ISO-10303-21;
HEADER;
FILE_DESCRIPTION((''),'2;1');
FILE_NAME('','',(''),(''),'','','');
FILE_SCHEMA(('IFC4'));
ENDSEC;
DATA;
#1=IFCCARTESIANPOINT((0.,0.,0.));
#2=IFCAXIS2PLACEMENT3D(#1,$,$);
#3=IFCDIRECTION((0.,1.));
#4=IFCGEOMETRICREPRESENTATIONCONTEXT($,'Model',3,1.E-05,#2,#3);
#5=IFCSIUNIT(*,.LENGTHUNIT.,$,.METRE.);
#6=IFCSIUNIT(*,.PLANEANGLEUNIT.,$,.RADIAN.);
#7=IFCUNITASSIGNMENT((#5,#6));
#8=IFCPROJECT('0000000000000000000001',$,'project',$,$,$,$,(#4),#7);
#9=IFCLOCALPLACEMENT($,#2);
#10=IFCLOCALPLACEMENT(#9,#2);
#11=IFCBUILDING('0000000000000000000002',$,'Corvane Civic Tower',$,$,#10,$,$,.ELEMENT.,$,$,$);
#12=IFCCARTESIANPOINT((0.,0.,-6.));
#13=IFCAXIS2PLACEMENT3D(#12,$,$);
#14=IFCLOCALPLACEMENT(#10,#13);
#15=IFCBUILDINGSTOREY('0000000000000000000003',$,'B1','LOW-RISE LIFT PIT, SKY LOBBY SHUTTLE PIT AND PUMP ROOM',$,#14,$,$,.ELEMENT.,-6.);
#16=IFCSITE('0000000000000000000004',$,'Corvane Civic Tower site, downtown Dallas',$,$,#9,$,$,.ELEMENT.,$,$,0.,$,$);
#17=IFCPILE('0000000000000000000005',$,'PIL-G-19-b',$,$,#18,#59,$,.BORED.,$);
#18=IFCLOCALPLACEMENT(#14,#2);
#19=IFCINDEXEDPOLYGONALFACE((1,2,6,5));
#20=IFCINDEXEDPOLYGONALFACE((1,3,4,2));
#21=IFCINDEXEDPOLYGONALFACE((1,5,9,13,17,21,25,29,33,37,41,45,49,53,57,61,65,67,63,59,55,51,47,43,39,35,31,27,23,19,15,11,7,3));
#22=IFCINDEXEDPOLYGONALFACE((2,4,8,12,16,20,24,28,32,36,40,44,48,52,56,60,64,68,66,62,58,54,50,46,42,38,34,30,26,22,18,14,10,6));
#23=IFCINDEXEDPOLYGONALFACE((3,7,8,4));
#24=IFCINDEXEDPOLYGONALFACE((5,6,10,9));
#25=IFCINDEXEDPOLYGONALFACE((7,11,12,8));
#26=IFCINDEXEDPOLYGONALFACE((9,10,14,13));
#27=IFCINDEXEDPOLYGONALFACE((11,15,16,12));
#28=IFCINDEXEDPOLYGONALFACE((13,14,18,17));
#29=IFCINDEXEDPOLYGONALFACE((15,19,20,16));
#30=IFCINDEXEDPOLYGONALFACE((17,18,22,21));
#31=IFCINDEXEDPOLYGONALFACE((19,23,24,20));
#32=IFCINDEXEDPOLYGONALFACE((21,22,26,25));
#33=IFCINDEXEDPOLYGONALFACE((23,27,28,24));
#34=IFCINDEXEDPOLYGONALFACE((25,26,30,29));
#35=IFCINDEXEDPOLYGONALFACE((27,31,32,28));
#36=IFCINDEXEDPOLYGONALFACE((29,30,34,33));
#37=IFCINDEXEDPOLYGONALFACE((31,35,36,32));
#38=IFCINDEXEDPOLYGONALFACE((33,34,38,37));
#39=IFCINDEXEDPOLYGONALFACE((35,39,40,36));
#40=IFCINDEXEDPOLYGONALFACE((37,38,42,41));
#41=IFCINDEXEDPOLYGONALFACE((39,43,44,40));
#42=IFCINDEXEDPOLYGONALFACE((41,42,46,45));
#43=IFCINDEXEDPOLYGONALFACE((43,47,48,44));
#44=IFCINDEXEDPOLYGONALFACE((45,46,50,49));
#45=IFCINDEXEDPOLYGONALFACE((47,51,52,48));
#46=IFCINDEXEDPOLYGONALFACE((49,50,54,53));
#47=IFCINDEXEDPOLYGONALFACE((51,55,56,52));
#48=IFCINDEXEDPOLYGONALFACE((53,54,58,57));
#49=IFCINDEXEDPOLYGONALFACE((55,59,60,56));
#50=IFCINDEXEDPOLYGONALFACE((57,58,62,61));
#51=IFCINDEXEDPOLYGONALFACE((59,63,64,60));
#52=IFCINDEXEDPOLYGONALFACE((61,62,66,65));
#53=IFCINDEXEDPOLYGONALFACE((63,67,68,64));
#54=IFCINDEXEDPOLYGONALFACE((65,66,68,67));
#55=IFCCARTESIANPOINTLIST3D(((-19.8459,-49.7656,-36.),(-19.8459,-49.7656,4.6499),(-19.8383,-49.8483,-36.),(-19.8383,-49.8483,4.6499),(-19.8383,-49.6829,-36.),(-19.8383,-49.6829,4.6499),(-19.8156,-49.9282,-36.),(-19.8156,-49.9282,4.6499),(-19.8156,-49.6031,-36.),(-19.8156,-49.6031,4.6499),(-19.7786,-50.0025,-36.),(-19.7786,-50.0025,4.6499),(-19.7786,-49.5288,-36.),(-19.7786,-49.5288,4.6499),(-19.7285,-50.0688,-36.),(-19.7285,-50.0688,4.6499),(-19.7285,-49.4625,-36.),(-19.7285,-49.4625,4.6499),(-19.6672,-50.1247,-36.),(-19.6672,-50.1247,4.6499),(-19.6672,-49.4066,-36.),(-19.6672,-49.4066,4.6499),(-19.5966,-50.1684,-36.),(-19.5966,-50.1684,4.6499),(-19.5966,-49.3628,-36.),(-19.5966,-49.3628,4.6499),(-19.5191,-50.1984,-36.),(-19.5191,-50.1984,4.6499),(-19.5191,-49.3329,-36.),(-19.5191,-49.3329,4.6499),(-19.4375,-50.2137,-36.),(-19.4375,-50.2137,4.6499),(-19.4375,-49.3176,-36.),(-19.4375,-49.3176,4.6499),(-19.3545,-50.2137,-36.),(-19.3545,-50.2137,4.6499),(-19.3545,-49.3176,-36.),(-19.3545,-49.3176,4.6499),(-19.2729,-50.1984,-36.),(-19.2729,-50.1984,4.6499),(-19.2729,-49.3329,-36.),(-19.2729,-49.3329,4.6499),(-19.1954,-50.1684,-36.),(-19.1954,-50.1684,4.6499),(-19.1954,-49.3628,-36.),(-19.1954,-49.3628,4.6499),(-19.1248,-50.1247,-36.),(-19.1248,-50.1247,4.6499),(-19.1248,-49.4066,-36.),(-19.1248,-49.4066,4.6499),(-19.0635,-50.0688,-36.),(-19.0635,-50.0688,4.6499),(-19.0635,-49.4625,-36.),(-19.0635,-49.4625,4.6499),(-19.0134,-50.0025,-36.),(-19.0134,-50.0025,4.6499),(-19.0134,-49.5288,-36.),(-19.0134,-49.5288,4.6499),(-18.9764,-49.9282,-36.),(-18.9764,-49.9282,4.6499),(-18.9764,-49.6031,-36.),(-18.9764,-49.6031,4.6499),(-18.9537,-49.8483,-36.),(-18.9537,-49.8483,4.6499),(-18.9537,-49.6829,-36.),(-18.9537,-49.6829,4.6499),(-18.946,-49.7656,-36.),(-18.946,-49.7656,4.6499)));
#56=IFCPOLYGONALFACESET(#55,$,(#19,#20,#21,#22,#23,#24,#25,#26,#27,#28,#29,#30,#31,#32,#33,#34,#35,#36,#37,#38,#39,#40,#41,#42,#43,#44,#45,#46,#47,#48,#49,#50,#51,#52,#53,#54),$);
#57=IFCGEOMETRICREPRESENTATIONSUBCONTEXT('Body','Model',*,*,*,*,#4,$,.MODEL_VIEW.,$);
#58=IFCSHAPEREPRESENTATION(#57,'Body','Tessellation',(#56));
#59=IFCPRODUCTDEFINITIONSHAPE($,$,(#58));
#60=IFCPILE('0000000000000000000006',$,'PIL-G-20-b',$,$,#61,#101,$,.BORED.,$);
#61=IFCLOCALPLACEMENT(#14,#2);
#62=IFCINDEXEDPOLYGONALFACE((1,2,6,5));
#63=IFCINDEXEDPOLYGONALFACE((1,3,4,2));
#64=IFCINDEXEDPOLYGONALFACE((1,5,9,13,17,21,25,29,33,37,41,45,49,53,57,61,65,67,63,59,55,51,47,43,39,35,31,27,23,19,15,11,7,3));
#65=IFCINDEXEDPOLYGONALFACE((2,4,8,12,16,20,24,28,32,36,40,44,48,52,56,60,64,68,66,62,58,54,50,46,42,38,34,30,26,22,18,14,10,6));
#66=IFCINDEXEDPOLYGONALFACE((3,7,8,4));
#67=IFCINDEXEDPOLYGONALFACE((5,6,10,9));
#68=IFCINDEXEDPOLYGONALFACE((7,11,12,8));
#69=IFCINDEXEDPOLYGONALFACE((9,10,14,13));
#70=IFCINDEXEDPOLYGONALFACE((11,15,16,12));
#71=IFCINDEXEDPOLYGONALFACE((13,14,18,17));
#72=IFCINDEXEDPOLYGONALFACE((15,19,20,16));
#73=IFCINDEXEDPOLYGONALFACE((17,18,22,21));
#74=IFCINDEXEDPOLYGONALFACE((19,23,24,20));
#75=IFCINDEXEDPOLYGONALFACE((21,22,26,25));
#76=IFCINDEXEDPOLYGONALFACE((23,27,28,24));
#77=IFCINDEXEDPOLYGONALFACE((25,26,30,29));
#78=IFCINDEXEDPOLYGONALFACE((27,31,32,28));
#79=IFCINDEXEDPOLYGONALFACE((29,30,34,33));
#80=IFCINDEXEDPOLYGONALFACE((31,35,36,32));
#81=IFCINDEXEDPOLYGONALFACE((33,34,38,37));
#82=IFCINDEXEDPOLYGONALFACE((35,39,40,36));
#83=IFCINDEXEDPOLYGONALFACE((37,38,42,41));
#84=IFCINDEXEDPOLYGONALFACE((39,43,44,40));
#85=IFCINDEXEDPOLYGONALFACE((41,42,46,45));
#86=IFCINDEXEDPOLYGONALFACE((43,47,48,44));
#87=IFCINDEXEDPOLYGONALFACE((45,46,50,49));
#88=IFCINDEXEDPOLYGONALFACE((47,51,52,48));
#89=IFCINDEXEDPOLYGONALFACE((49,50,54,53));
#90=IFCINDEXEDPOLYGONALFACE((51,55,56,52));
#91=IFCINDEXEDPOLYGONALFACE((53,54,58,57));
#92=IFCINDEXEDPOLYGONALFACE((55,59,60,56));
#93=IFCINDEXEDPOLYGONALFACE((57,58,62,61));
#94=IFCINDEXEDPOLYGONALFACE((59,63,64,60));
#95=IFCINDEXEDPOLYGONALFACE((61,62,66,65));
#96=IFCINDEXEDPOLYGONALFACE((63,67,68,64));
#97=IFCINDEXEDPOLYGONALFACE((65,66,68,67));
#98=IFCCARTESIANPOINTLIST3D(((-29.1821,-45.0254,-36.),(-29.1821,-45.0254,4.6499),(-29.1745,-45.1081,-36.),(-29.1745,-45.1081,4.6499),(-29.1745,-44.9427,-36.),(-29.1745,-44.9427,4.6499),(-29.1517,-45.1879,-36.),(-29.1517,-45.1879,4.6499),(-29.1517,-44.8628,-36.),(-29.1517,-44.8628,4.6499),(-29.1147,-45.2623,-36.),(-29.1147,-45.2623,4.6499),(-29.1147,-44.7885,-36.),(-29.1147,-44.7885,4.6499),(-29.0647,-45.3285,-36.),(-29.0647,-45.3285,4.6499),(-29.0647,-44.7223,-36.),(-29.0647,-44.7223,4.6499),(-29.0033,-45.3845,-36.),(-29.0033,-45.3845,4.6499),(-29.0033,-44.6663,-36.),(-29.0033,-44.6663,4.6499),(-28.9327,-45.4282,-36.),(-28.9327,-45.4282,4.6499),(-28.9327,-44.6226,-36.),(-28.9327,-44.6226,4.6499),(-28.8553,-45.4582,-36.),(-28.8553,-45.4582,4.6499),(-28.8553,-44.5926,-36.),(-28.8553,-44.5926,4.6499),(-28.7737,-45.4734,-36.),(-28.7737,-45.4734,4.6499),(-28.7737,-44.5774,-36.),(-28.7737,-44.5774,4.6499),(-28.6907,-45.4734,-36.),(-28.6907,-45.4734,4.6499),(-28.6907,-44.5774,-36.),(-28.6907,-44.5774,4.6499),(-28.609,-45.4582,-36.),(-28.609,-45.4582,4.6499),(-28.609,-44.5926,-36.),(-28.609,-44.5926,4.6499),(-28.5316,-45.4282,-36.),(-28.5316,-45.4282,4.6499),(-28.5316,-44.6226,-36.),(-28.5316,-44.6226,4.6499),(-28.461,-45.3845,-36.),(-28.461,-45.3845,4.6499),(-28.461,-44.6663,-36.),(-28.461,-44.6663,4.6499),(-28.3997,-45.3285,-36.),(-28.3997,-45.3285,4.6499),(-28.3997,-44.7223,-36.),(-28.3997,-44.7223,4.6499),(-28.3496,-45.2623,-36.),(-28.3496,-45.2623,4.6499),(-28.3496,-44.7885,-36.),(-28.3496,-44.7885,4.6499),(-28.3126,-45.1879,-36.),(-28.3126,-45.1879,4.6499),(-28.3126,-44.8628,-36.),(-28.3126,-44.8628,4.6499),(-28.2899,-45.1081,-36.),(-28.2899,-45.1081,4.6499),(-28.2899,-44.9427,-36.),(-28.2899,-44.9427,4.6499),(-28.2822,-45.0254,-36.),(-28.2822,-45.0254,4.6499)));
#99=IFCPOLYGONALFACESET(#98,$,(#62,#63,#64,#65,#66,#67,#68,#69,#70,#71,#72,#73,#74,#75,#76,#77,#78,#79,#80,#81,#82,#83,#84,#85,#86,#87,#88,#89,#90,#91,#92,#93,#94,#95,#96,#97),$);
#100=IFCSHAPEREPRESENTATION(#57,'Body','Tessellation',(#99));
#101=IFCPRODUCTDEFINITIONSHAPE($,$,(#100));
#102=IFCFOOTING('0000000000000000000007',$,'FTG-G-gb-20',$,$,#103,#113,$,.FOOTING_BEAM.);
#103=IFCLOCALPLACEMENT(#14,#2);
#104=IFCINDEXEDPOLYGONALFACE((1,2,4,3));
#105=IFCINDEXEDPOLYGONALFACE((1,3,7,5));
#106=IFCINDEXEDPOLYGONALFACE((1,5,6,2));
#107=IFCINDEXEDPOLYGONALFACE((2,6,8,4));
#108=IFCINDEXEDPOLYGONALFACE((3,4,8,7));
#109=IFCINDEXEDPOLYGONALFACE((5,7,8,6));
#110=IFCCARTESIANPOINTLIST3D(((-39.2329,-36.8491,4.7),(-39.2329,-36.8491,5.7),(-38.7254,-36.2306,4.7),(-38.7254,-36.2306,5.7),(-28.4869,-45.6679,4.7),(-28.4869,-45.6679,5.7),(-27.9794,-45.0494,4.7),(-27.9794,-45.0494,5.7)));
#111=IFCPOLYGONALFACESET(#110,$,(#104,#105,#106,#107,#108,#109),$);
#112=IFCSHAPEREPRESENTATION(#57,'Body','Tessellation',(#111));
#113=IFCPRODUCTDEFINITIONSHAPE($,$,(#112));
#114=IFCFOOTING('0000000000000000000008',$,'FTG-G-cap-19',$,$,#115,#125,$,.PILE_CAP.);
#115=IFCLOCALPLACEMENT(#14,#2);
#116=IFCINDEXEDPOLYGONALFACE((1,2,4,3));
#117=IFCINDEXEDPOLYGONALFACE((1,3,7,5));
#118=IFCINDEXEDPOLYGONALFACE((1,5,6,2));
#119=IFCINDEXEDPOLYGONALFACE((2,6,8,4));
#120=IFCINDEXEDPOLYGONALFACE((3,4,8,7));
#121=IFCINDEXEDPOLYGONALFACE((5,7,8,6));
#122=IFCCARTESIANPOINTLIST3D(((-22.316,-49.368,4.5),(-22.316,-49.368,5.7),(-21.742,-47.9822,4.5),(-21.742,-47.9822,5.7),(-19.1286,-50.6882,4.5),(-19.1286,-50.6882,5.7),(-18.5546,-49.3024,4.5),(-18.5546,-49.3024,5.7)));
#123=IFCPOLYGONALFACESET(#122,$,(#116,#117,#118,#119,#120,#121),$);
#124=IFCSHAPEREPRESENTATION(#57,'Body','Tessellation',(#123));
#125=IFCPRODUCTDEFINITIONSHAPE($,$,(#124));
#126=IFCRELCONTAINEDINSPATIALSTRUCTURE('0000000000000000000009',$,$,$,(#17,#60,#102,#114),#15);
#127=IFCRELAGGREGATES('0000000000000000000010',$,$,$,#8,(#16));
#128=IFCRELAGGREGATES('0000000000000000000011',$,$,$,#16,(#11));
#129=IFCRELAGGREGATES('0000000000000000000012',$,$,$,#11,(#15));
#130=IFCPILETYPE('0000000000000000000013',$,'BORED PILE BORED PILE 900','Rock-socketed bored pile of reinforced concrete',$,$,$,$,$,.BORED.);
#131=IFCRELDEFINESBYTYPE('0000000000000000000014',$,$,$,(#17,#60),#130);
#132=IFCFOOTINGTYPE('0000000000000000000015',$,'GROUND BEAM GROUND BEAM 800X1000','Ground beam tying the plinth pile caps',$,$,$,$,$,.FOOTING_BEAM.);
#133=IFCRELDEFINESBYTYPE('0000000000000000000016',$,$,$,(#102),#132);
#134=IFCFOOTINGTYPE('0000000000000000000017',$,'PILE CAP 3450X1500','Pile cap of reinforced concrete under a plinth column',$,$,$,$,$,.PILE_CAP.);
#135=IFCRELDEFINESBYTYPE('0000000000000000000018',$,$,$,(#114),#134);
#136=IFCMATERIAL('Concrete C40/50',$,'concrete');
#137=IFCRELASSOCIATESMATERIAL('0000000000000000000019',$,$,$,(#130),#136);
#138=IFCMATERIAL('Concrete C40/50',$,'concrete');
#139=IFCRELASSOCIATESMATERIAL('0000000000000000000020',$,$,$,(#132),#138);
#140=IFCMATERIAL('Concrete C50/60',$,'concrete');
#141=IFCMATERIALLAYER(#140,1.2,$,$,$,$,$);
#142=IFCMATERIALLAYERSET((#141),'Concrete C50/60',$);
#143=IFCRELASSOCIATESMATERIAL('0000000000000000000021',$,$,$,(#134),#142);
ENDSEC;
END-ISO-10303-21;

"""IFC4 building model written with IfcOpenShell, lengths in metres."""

from ifc_helpers import new_model, si_unit, direction, frame, origin, origin_2d, place, context, subcontext, project, spatial, rectangle, circle, extrude, material, layer, layer_set, material_profile, profile_set, type_object, element, save


model = new_model("IFC4")

# Units and contexts
model_context = context("Model", 3, precision=1e-05, world=origin(), true_north=direction((0.0, 1.0)))
body_context = subcontext(model_context, "Body", "Model", "MODEL_VIEW")
ifc_project = project(units=[si_unit("LENGTHUNIT", "METRE"), si_unit("PLANEANGLEUNIT", "RADIAN")], contexts=[model_context])

# Site, building, storey
site_placement = place(None, origin())
site = spatial("IfcSite", under=ifc_project, at=site_placement, Name="Corvane Civic Tower site, downtown Dallas", CompositionType="ELEMENT", RefElevation=0.0)
building_placement = place(site_placement, origin())
building = spatial("IfcBuilding", under=site, at=building_placement, Name="Corvane Civic Tower", CompositionType="ELEMENT")
storey_placement = place(building_placement, frame((0.0, 0.0, -6.0)))
storey = spatial("IfcBuildingStorey", under=building, at=storey_placement, Name="B1", Description="LOW-RISE LIFT PIT, SKY LOBBY SHUTTLE PIT AND PUMP ROOM", CompositionType="ELEMENT", Elevation=-6.0)

# Piles
ifc_material_1 = material(Name="Concrete C40/50", Category="concrete")
ifc_material_profile_1 = material_profile(ifc_material_1, circle(Radius=0.45, at=origin_2d()), Name="BORED PILE 900")
ifc_profile_set_1 = profile_set([ifc_material_profile_1], Name="Concrete C40/50")
pile_type_1 = type_object("IfcPileType", Name="BORED PILE BORED PILE 900", Description="Rock-socketed bored pile of reinforced concrete", PredefinedType="BORED", material=ifc_profile_set_1)
for number, where, z_axis, x_axis, name in (
    (1, (-19.396, -49.7656, 4.6499), (0.0, 0.0, -1.0), (1.0, 0.0, 0.0), "PIL-G-19-b"),
    (2, (-28.7322, -45.0254, 4.6499), (0.0, 0.0, -1.0), (1.0, 0.0, 0.0), "PIL-G-20-b"),
):
    element("IfcPile", number, at=place(storey_placement, frame(where, z_axis=z_axis, x_axis=x_axis)), inside=storey, type_object=pile_type_1, Name=name, PredefinedType="BORED", context=body_context, shape_type="SweptSolid", body=[
        extrude(circle(Radius=0.45, at=origin_2d()), origin(), (0.0, 0.0, 1.0), 40.6499),
    ])

# Footings
ifc_material_2 = material(Name="Concrete C40/50", Category="concrete")
ifc_material_profile_2 = material_profile(ifc_material_2, rectangle(XDim=0.8, YDim=1.0, at=origin_2d()), Name="GROUND BEAM 800X1000")
ifc_profile_set_2 = profile_set([ifc_material_profile_2], Name="Concrete C40/50")
footing_type_1 = type_object("IfcFootingType", Name="GROUND BEAM GROUND BEAM 800X1000", Description="Ground beam tying the plinth pile caps", PredefinedType="FOOTING_BEAM", material=ifc_profile_set_2)
footing_1_placement = place(storey_placement, frame((-28.2332, -45.3586, 5.2), z_axis=(-0.773019, 0.634383, 0.0), x_axis=(-0.634383, -0.773019, 0.0)))
element("IfcFooting", 3, at=footing_1_placement, inside=storey, type_object=footing_type_1, Name="FTG-G-gb-20", PredefinedType="FOOTING_BEAM", context=body_context, shape_type="SweptSolid", body=[
    extrude(rectangle(XDim=0.8, YDim=1.0, at=origin_2d()), origin(), (0.0, 0.0, 1.0), 13.9014),
])
ifc_material_3 = material(Name="Concrete C50/60", Category="concrete")
ifc_layer_1 = layer(ifc_material_3, 1.2)
ifc_layer_set_1 = layer_set([ifc_layer_1], Name="Concrete C50/60")
footing_type_2 = type_object("IfcFootingType", Name="PILE CAP 3450X1500", Description="Pile cap of reinforced concrete under a plinth column", PredefinedType="PILE_CAP", material=ifc_layer_set_1)
footing_2_placement = place(storey_placement, frame((-20.4353, -49.3352, 4.5), z_axis=(0.0, 0.0, 1.0), x_axis=(0.92388, -0.382683, 0.0)))
element("IfcFooting", 4, at=footing_2_placement, inside=storey, type_object=footing_type_2, Name="FTG-G-cap-19", PredefinedType="PILE_CAP", context=body_context, shape_type="SweptSolid", body=[
    extrude(rectangle(XDim=3.45, YDim=1.5, at=origin_2d()), origin(), (0.0, 0.0, 1.0), 1.2),
])

save(model, "model.ifc")
